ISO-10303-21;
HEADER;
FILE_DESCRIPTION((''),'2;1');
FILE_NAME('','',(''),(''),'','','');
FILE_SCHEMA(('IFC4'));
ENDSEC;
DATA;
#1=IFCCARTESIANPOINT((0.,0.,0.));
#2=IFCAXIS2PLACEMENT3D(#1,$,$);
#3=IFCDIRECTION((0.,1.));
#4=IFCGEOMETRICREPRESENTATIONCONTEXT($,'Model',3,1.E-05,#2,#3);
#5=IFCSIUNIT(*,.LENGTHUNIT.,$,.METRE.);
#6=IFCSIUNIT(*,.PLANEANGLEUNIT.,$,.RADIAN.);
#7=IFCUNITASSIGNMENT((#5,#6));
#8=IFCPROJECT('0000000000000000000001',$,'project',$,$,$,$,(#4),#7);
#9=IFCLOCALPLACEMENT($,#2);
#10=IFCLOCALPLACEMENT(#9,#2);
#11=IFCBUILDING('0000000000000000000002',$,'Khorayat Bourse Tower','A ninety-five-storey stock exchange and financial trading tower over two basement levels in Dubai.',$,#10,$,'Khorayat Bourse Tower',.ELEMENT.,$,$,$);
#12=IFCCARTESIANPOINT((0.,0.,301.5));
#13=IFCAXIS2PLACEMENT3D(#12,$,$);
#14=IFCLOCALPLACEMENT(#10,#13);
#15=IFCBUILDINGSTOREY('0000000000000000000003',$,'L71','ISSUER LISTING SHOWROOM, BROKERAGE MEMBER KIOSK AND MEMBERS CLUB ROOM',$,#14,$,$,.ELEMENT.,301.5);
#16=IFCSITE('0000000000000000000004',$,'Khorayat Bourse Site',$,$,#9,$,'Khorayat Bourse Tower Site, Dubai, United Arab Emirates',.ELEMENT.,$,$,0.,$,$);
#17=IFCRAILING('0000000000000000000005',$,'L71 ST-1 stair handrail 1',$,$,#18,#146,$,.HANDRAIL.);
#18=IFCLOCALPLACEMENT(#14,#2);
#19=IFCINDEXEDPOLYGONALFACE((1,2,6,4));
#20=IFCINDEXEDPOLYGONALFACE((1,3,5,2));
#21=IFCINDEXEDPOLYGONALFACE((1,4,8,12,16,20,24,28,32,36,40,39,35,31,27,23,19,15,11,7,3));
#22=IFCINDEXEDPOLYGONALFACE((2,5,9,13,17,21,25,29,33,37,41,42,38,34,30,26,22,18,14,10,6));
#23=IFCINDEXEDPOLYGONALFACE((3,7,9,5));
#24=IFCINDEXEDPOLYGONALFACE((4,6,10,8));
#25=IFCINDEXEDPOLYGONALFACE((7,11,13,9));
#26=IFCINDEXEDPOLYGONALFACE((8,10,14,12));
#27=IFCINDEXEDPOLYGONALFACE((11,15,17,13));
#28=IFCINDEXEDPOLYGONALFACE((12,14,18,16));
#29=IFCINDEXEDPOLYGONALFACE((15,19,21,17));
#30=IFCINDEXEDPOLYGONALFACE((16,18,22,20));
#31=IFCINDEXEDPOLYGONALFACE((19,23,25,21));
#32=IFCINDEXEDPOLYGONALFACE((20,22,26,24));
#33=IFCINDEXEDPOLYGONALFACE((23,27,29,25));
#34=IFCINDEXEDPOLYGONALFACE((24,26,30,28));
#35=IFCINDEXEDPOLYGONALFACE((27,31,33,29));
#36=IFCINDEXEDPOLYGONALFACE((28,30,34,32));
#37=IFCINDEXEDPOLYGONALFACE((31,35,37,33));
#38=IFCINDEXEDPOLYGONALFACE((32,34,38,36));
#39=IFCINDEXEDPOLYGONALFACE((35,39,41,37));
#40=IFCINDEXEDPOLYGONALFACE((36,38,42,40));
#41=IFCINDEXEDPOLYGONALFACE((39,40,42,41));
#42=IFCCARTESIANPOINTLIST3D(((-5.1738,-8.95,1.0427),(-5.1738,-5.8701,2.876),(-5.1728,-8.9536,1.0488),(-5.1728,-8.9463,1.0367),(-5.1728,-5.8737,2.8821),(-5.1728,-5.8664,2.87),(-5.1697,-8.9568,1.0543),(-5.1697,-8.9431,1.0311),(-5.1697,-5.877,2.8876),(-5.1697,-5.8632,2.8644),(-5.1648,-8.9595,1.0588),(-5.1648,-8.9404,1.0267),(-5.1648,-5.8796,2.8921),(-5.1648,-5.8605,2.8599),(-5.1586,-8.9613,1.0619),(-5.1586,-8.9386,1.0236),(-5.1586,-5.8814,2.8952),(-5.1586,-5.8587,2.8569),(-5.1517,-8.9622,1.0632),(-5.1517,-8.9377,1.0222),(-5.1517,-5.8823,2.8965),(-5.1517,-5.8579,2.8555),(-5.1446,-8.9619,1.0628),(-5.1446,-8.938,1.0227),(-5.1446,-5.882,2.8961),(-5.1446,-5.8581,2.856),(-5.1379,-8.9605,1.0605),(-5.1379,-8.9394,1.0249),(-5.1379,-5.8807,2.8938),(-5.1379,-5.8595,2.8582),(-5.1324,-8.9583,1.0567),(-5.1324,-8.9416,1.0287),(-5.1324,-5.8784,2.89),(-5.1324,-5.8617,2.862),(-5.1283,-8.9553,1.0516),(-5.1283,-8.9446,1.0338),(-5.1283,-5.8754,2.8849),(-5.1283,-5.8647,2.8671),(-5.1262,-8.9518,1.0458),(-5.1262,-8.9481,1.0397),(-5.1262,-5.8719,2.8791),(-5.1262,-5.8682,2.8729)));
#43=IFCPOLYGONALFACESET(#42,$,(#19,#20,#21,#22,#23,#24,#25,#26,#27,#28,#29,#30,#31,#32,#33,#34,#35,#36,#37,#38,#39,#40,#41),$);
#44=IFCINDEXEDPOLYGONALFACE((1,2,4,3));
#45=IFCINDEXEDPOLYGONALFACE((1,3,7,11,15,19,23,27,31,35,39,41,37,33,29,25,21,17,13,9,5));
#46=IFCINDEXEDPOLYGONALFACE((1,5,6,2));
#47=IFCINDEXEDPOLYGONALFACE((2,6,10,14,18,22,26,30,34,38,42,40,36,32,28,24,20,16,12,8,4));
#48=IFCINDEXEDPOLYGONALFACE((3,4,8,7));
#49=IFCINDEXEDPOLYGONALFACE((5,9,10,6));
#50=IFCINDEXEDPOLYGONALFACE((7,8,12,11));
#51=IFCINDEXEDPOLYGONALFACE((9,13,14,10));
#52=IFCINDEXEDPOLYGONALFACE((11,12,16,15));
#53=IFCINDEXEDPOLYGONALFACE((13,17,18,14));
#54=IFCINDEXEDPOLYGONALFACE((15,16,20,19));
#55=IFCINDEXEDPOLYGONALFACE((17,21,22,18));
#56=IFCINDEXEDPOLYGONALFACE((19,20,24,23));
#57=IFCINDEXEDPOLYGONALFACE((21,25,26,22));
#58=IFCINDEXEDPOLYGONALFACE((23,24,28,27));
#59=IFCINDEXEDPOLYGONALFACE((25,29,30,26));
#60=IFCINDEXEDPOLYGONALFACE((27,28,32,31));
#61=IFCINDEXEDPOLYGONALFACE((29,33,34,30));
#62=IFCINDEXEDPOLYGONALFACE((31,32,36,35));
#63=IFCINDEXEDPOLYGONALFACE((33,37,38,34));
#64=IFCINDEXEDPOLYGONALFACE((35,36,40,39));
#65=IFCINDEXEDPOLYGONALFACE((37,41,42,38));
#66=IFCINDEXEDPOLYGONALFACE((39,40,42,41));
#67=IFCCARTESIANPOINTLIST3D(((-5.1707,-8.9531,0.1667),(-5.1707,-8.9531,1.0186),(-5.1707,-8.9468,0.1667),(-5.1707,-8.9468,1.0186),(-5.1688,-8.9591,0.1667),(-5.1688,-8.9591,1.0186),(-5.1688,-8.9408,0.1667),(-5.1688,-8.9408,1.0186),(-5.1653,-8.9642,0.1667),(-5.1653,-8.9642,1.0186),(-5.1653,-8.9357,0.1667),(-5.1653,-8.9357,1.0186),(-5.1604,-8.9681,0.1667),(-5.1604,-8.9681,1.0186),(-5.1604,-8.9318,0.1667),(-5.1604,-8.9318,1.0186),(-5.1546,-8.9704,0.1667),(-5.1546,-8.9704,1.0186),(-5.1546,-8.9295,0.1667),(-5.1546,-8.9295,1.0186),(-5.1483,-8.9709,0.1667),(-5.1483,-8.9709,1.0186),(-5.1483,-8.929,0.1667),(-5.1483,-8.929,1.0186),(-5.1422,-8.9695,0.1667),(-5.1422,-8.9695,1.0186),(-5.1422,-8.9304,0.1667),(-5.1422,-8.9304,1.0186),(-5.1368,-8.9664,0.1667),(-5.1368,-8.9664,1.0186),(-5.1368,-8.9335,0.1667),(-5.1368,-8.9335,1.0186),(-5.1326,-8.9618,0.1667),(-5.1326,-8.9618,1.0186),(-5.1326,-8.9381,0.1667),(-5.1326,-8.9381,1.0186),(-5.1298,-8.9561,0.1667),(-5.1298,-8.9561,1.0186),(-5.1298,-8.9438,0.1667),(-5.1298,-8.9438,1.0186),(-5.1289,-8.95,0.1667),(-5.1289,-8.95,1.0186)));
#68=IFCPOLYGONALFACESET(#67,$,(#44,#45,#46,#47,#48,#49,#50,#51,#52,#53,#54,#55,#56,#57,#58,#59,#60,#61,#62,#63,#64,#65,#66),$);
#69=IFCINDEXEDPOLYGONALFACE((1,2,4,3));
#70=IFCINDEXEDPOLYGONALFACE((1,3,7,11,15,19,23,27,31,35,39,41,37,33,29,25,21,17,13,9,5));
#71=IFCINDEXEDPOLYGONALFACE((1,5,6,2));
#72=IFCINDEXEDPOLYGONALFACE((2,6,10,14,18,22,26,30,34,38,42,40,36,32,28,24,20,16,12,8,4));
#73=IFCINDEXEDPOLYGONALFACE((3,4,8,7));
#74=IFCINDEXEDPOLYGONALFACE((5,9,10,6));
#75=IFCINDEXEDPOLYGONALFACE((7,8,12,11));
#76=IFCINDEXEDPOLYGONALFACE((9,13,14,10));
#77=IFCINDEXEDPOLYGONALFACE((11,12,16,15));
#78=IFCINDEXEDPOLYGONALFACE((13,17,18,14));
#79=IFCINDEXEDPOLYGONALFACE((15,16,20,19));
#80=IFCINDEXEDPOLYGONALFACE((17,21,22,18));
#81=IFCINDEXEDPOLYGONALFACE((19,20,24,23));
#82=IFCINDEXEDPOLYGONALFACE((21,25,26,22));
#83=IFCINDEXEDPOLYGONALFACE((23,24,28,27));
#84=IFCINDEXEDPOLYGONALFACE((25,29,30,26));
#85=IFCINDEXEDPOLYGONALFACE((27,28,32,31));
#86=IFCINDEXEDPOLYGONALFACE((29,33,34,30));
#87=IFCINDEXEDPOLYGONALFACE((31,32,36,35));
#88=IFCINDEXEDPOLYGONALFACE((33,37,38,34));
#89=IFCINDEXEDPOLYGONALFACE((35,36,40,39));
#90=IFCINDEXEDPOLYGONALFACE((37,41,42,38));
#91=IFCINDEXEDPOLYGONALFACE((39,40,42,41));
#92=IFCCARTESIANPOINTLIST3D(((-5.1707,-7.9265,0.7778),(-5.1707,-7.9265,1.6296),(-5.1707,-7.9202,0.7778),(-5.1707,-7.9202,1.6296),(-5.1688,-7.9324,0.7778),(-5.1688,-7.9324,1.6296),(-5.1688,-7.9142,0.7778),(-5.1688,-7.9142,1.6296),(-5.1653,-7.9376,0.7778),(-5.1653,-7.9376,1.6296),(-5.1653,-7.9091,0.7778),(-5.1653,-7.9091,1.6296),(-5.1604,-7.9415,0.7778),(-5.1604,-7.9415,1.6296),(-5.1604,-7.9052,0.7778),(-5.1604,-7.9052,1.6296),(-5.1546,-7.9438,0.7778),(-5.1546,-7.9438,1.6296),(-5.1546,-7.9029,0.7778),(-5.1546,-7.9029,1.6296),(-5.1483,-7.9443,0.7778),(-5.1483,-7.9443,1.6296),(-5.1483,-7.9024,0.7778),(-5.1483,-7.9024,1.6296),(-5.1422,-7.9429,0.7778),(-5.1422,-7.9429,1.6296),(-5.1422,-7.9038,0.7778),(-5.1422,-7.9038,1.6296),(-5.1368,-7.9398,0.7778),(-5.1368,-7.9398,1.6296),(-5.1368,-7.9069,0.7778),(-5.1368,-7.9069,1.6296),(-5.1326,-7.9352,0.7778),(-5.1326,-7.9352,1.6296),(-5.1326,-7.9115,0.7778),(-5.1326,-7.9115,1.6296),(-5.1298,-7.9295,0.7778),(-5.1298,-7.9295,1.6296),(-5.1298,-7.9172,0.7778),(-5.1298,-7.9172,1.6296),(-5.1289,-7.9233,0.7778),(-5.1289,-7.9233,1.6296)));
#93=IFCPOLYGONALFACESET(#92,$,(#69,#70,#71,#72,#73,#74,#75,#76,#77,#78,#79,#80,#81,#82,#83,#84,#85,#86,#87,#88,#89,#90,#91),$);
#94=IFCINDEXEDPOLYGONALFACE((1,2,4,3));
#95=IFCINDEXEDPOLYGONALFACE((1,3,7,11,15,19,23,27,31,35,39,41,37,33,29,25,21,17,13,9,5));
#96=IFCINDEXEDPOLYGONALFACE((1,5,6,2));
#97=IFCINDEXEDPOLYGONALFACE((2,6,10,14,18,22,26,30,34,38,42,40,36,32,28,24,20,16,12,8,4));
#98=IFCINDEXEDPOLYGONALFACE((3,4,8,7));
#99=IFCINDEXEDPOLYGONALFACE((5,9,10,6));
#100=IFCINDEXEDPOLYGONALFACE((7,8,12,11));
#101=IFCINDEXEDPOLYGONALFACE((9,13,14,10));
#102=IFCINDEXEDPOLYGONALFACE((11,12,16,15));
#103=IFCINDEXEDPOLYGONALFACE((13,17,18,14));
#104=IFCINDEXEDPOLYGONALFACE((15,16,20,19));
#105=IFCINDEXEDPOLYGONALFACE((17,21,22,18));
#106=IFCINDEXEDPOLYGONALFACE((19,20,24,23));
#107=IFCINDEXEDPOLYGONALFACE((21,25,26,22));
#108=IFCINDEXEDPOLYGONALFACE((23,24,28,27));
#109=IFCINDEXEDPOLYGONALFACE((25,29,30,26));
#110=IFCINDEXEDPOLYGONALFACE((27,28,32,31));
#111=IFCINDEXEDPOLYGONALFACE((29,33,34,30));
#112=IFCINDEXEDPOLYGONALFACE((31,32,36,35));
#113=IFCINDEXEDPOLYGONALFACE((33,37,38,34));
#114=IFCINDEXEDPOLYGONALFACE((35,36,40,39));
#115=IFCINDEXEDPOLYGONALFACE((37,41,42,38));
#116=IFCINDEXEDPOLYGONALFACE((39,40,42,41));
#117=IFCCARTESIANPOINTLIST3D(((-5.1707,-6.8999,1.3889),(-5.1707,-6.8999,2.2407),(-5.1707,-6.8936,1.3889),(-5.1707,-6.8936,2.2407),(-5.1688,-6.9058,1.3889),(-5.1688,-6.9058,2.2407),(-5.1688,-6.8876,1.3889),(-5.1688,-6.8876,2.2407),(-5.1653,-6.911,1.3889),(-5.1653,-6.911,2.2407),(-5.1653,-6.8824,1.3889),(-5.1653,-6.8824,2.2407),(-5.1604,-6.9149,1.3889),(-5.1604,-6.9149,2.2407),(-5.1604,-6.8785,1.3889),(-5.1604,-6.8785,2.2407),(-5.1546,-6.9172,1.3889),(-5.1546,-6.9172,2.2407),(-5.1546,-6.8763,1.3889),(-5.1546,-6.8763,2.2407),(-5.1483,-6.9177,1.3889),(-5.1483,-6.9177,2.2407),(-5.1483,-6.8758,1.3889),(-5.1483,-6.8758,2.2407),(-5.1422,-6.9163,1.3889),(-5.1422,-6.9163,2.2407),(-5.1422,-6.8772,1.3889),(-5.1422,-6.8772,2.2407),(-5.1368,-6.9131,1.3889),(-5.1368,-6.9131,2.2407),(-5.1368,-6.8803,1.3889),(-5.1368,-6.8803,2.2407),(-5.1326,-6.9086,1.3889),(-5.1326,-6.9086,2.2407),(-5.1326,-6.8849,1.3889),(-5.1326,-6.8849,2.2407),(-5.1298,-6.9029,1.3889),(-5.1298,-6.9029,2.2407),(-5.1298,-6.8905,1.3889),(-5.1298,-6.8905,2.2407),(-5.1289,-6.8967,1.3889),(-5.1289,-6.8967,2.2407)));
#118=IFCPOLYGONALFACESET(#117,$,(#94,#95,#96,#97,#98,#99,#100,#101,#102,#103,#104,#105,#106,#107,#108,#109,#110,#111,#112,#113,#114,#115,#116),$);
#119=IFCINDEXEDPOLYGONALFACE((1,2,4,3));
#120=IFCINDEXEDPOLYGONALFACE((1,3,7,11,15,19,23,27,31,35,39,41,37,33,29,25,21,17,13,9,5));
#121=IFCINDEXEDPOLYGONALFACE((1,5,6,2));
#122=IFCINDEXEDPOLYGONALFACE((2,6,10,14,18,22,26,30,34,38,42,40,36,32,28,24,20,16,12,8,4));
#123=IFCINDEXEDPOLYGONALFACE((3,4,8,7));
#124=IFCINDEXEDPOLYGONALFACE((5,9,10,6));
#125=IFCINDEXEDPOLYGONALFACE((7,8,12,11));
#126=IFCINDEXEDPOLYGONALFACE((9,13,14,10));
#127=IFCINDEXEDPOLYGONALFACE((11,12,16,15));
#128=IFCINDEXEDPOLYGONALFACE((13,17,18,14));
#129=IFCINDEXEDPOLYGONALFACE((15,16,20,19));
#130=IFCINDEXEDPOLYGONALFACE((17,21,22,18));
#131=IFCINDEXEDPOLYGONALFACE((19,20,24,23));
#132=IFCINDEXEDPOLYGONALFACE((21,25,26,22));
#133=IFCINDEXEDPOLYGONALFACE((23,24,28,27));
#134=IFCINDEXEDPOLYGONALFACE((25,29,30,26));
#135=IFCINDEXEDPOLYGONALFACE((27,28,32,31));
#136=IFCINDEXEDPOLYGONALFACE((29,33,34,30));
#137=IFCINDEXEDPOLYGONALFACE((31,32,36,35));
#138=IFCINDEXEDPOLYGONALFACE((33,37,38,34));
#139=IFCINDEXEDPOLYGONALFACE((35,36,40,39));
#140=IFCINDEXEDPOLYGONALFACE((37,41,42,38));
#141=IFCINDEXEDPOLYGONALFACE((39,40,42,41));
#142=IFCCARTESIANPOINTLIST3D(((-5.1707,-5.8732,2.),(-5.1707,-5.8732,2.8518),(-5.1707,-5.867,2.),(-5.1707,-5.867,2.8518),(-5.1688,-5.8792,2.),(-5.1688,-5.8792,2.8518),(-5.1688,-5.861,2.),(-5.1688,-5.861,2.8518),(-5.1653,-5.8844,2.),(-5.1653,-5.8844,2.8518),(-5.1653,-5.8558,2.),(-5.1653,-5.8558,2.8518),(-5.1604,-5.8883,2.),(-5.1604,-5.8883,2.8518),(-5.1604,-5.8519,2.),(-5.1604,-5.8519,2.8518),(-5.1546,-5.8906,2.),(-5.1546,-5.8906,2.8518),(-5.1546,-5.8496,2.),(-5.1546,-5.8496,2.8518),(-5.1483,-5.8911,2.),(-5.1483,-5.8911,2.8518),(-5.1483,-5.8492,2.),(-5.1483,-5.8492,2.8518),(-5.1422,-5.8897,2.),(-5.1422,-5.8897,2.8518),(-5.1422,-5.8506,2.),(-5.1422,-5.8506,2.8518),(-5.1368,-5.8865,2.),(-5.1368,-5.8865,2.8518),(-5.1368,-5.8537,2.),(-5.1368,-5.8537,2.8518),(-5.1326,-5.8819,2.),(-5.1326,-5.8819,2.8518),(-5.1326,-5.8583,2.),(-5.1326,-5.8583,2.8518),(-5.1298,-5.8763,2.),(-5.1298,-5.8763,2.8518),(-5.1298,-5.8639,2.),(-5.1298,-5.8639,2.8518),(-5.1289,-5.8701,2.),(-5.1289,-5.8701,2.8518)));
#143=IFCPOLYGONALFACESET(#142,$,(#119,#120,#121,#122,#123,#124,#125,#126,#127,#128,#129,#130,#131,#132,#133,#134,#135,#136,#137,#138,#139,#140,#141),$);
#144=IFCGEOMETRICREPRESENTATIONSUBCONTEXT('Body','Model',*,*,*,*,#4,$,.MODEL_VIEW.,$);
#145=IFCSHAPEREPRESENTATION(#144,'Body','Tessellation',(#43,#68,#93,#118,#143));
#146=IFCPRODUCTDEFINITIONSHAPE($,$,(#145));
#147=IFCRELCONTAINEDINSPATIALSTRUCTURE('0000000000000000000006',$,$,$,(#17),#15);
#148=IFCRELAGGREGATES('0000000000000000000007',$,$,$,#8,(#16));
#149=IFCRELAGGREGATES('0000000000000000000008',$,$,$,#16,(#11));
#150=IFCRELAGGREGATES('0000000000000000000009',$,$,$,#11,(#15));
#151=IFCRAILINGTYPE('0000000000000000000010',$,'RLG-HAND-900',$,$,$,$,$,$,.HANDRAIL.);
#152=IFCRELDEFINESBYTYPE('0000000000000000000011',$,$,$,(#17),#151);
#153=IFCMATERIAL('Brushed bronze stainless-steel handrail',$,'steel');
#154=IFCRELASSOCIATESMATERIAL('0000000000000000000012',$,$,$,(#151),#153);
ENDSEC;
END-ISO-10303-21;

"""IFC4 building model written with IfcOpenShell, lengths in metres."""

from ifc_helpers import new_model, si_unit, direction, frame, origin, origin_2d, place, context, subcontext, project, spatial, circle, extrude, source, transform, mapped, material, type_object, element, save


model = new_model("IFC4")

# Units and contexts
model_context = context("Model", 3, precision=1e-05, world=origin(), true_north=direction((0.0, 1.0)))
body_context = subcontext(model_context, "Body", "Model", "MODEL_VIEW")
ifc_project = project(units=[si_unit("LENGTHUNIT", "METRE"), si_unit("PLANEANGLEUNIT", "RADIAN")], contexts=[model_context])

# Site, building, storey
site_placement = place(None, origin())
site = spatial("IfcSite", under=ifc_project, at=site_placement, Name="Khorayat Bourse Site", LongName="Khorayat Bourse Tower Site, Dubai, United Arab Emirates", CompositionType="ELEMENT", RefElevation=0.0)
building_placement = place(site_placement, origin())
building = spatial("IfcBuilding", under=site, at=building_placement, Name="Khorayat Bourse Tower", Description="A ninety-five-storey stock exchange and financial trading tower over two basement levels in Dubai.", LongName="Khorayat Bourse Tower", CompositionType="ELEMENT")
storey_placement = place(building_placement, frame((0.0, 0.0, 301.5)))
storey = spatial("IfcBuildingStorey", under=building, at=storey_placement, Name="L71", Description="ISSUER LISTING SHOWROOM, BROKERAGE MEMBER KIOSK AND MEMBERS CLUB ROOM", CompositionType="ELEMENT", Elevation=301.5)

# Railing
ifc_material_1 = material(Name="Brushed bronze stainless-steel handrail", Category="steel")
railing_type_1 = type_object("IfcRailingType", Name="RLG-HAND-900", PredefinedType="HANDRAIL", material=ifc_material_1)
shared_shape_1 = source(origin(), body_context, "Body", "SweptSolid", [
    extrude(circle(Radius=0.0239, at=origin_2d()), frame((0.0, 0.0, 0.876), z_axis=(0.0, 0.859291, 0.511487), x_axis=(-1.0, 0.0, 0.0)), (0.0, 0.0, 1.0), 3.5842),
    extrude(circle(Radius=0.021, at=origin_2d()), origin(), (0.0, 0.0, 1.0), 0.8518),
    extrude(circle(Radius=0.021, at=origin_2d()), frame((0.0, 1.0266, 0.6111)), (0.0, 0.0, 1.0), 0.8518),
    extrude(circle(Radius=0.021, at=origin_2d()), frame((0.0, 2.0532, 1.2222)), (0.0, 0.0, 1.0), 0.8518),
    extrude(circle(Radius=0.021, at=origin_2d()), frame((0.0, 3.0798, 1.8333)), (0.0, 0.0, 1.0), 0.8518),
])
railing_1_placement = place(storey_placement, frame((-5.1499, -8.95, 0.1667)))
element("IfcRailing", 1, at=railing_1_placement, inside=storey, type_object=railing_type_1, Name="L71 ST-1 stair handrail 1", PredefinedType="HANDRAIL", context=body_context, shape_type="MappedRepresentation", body=[
    mapped(shared_shape_1, transform((0.0, 0.0, 0.0), scale=1.0)),
])

save(model, "model.ifc")
